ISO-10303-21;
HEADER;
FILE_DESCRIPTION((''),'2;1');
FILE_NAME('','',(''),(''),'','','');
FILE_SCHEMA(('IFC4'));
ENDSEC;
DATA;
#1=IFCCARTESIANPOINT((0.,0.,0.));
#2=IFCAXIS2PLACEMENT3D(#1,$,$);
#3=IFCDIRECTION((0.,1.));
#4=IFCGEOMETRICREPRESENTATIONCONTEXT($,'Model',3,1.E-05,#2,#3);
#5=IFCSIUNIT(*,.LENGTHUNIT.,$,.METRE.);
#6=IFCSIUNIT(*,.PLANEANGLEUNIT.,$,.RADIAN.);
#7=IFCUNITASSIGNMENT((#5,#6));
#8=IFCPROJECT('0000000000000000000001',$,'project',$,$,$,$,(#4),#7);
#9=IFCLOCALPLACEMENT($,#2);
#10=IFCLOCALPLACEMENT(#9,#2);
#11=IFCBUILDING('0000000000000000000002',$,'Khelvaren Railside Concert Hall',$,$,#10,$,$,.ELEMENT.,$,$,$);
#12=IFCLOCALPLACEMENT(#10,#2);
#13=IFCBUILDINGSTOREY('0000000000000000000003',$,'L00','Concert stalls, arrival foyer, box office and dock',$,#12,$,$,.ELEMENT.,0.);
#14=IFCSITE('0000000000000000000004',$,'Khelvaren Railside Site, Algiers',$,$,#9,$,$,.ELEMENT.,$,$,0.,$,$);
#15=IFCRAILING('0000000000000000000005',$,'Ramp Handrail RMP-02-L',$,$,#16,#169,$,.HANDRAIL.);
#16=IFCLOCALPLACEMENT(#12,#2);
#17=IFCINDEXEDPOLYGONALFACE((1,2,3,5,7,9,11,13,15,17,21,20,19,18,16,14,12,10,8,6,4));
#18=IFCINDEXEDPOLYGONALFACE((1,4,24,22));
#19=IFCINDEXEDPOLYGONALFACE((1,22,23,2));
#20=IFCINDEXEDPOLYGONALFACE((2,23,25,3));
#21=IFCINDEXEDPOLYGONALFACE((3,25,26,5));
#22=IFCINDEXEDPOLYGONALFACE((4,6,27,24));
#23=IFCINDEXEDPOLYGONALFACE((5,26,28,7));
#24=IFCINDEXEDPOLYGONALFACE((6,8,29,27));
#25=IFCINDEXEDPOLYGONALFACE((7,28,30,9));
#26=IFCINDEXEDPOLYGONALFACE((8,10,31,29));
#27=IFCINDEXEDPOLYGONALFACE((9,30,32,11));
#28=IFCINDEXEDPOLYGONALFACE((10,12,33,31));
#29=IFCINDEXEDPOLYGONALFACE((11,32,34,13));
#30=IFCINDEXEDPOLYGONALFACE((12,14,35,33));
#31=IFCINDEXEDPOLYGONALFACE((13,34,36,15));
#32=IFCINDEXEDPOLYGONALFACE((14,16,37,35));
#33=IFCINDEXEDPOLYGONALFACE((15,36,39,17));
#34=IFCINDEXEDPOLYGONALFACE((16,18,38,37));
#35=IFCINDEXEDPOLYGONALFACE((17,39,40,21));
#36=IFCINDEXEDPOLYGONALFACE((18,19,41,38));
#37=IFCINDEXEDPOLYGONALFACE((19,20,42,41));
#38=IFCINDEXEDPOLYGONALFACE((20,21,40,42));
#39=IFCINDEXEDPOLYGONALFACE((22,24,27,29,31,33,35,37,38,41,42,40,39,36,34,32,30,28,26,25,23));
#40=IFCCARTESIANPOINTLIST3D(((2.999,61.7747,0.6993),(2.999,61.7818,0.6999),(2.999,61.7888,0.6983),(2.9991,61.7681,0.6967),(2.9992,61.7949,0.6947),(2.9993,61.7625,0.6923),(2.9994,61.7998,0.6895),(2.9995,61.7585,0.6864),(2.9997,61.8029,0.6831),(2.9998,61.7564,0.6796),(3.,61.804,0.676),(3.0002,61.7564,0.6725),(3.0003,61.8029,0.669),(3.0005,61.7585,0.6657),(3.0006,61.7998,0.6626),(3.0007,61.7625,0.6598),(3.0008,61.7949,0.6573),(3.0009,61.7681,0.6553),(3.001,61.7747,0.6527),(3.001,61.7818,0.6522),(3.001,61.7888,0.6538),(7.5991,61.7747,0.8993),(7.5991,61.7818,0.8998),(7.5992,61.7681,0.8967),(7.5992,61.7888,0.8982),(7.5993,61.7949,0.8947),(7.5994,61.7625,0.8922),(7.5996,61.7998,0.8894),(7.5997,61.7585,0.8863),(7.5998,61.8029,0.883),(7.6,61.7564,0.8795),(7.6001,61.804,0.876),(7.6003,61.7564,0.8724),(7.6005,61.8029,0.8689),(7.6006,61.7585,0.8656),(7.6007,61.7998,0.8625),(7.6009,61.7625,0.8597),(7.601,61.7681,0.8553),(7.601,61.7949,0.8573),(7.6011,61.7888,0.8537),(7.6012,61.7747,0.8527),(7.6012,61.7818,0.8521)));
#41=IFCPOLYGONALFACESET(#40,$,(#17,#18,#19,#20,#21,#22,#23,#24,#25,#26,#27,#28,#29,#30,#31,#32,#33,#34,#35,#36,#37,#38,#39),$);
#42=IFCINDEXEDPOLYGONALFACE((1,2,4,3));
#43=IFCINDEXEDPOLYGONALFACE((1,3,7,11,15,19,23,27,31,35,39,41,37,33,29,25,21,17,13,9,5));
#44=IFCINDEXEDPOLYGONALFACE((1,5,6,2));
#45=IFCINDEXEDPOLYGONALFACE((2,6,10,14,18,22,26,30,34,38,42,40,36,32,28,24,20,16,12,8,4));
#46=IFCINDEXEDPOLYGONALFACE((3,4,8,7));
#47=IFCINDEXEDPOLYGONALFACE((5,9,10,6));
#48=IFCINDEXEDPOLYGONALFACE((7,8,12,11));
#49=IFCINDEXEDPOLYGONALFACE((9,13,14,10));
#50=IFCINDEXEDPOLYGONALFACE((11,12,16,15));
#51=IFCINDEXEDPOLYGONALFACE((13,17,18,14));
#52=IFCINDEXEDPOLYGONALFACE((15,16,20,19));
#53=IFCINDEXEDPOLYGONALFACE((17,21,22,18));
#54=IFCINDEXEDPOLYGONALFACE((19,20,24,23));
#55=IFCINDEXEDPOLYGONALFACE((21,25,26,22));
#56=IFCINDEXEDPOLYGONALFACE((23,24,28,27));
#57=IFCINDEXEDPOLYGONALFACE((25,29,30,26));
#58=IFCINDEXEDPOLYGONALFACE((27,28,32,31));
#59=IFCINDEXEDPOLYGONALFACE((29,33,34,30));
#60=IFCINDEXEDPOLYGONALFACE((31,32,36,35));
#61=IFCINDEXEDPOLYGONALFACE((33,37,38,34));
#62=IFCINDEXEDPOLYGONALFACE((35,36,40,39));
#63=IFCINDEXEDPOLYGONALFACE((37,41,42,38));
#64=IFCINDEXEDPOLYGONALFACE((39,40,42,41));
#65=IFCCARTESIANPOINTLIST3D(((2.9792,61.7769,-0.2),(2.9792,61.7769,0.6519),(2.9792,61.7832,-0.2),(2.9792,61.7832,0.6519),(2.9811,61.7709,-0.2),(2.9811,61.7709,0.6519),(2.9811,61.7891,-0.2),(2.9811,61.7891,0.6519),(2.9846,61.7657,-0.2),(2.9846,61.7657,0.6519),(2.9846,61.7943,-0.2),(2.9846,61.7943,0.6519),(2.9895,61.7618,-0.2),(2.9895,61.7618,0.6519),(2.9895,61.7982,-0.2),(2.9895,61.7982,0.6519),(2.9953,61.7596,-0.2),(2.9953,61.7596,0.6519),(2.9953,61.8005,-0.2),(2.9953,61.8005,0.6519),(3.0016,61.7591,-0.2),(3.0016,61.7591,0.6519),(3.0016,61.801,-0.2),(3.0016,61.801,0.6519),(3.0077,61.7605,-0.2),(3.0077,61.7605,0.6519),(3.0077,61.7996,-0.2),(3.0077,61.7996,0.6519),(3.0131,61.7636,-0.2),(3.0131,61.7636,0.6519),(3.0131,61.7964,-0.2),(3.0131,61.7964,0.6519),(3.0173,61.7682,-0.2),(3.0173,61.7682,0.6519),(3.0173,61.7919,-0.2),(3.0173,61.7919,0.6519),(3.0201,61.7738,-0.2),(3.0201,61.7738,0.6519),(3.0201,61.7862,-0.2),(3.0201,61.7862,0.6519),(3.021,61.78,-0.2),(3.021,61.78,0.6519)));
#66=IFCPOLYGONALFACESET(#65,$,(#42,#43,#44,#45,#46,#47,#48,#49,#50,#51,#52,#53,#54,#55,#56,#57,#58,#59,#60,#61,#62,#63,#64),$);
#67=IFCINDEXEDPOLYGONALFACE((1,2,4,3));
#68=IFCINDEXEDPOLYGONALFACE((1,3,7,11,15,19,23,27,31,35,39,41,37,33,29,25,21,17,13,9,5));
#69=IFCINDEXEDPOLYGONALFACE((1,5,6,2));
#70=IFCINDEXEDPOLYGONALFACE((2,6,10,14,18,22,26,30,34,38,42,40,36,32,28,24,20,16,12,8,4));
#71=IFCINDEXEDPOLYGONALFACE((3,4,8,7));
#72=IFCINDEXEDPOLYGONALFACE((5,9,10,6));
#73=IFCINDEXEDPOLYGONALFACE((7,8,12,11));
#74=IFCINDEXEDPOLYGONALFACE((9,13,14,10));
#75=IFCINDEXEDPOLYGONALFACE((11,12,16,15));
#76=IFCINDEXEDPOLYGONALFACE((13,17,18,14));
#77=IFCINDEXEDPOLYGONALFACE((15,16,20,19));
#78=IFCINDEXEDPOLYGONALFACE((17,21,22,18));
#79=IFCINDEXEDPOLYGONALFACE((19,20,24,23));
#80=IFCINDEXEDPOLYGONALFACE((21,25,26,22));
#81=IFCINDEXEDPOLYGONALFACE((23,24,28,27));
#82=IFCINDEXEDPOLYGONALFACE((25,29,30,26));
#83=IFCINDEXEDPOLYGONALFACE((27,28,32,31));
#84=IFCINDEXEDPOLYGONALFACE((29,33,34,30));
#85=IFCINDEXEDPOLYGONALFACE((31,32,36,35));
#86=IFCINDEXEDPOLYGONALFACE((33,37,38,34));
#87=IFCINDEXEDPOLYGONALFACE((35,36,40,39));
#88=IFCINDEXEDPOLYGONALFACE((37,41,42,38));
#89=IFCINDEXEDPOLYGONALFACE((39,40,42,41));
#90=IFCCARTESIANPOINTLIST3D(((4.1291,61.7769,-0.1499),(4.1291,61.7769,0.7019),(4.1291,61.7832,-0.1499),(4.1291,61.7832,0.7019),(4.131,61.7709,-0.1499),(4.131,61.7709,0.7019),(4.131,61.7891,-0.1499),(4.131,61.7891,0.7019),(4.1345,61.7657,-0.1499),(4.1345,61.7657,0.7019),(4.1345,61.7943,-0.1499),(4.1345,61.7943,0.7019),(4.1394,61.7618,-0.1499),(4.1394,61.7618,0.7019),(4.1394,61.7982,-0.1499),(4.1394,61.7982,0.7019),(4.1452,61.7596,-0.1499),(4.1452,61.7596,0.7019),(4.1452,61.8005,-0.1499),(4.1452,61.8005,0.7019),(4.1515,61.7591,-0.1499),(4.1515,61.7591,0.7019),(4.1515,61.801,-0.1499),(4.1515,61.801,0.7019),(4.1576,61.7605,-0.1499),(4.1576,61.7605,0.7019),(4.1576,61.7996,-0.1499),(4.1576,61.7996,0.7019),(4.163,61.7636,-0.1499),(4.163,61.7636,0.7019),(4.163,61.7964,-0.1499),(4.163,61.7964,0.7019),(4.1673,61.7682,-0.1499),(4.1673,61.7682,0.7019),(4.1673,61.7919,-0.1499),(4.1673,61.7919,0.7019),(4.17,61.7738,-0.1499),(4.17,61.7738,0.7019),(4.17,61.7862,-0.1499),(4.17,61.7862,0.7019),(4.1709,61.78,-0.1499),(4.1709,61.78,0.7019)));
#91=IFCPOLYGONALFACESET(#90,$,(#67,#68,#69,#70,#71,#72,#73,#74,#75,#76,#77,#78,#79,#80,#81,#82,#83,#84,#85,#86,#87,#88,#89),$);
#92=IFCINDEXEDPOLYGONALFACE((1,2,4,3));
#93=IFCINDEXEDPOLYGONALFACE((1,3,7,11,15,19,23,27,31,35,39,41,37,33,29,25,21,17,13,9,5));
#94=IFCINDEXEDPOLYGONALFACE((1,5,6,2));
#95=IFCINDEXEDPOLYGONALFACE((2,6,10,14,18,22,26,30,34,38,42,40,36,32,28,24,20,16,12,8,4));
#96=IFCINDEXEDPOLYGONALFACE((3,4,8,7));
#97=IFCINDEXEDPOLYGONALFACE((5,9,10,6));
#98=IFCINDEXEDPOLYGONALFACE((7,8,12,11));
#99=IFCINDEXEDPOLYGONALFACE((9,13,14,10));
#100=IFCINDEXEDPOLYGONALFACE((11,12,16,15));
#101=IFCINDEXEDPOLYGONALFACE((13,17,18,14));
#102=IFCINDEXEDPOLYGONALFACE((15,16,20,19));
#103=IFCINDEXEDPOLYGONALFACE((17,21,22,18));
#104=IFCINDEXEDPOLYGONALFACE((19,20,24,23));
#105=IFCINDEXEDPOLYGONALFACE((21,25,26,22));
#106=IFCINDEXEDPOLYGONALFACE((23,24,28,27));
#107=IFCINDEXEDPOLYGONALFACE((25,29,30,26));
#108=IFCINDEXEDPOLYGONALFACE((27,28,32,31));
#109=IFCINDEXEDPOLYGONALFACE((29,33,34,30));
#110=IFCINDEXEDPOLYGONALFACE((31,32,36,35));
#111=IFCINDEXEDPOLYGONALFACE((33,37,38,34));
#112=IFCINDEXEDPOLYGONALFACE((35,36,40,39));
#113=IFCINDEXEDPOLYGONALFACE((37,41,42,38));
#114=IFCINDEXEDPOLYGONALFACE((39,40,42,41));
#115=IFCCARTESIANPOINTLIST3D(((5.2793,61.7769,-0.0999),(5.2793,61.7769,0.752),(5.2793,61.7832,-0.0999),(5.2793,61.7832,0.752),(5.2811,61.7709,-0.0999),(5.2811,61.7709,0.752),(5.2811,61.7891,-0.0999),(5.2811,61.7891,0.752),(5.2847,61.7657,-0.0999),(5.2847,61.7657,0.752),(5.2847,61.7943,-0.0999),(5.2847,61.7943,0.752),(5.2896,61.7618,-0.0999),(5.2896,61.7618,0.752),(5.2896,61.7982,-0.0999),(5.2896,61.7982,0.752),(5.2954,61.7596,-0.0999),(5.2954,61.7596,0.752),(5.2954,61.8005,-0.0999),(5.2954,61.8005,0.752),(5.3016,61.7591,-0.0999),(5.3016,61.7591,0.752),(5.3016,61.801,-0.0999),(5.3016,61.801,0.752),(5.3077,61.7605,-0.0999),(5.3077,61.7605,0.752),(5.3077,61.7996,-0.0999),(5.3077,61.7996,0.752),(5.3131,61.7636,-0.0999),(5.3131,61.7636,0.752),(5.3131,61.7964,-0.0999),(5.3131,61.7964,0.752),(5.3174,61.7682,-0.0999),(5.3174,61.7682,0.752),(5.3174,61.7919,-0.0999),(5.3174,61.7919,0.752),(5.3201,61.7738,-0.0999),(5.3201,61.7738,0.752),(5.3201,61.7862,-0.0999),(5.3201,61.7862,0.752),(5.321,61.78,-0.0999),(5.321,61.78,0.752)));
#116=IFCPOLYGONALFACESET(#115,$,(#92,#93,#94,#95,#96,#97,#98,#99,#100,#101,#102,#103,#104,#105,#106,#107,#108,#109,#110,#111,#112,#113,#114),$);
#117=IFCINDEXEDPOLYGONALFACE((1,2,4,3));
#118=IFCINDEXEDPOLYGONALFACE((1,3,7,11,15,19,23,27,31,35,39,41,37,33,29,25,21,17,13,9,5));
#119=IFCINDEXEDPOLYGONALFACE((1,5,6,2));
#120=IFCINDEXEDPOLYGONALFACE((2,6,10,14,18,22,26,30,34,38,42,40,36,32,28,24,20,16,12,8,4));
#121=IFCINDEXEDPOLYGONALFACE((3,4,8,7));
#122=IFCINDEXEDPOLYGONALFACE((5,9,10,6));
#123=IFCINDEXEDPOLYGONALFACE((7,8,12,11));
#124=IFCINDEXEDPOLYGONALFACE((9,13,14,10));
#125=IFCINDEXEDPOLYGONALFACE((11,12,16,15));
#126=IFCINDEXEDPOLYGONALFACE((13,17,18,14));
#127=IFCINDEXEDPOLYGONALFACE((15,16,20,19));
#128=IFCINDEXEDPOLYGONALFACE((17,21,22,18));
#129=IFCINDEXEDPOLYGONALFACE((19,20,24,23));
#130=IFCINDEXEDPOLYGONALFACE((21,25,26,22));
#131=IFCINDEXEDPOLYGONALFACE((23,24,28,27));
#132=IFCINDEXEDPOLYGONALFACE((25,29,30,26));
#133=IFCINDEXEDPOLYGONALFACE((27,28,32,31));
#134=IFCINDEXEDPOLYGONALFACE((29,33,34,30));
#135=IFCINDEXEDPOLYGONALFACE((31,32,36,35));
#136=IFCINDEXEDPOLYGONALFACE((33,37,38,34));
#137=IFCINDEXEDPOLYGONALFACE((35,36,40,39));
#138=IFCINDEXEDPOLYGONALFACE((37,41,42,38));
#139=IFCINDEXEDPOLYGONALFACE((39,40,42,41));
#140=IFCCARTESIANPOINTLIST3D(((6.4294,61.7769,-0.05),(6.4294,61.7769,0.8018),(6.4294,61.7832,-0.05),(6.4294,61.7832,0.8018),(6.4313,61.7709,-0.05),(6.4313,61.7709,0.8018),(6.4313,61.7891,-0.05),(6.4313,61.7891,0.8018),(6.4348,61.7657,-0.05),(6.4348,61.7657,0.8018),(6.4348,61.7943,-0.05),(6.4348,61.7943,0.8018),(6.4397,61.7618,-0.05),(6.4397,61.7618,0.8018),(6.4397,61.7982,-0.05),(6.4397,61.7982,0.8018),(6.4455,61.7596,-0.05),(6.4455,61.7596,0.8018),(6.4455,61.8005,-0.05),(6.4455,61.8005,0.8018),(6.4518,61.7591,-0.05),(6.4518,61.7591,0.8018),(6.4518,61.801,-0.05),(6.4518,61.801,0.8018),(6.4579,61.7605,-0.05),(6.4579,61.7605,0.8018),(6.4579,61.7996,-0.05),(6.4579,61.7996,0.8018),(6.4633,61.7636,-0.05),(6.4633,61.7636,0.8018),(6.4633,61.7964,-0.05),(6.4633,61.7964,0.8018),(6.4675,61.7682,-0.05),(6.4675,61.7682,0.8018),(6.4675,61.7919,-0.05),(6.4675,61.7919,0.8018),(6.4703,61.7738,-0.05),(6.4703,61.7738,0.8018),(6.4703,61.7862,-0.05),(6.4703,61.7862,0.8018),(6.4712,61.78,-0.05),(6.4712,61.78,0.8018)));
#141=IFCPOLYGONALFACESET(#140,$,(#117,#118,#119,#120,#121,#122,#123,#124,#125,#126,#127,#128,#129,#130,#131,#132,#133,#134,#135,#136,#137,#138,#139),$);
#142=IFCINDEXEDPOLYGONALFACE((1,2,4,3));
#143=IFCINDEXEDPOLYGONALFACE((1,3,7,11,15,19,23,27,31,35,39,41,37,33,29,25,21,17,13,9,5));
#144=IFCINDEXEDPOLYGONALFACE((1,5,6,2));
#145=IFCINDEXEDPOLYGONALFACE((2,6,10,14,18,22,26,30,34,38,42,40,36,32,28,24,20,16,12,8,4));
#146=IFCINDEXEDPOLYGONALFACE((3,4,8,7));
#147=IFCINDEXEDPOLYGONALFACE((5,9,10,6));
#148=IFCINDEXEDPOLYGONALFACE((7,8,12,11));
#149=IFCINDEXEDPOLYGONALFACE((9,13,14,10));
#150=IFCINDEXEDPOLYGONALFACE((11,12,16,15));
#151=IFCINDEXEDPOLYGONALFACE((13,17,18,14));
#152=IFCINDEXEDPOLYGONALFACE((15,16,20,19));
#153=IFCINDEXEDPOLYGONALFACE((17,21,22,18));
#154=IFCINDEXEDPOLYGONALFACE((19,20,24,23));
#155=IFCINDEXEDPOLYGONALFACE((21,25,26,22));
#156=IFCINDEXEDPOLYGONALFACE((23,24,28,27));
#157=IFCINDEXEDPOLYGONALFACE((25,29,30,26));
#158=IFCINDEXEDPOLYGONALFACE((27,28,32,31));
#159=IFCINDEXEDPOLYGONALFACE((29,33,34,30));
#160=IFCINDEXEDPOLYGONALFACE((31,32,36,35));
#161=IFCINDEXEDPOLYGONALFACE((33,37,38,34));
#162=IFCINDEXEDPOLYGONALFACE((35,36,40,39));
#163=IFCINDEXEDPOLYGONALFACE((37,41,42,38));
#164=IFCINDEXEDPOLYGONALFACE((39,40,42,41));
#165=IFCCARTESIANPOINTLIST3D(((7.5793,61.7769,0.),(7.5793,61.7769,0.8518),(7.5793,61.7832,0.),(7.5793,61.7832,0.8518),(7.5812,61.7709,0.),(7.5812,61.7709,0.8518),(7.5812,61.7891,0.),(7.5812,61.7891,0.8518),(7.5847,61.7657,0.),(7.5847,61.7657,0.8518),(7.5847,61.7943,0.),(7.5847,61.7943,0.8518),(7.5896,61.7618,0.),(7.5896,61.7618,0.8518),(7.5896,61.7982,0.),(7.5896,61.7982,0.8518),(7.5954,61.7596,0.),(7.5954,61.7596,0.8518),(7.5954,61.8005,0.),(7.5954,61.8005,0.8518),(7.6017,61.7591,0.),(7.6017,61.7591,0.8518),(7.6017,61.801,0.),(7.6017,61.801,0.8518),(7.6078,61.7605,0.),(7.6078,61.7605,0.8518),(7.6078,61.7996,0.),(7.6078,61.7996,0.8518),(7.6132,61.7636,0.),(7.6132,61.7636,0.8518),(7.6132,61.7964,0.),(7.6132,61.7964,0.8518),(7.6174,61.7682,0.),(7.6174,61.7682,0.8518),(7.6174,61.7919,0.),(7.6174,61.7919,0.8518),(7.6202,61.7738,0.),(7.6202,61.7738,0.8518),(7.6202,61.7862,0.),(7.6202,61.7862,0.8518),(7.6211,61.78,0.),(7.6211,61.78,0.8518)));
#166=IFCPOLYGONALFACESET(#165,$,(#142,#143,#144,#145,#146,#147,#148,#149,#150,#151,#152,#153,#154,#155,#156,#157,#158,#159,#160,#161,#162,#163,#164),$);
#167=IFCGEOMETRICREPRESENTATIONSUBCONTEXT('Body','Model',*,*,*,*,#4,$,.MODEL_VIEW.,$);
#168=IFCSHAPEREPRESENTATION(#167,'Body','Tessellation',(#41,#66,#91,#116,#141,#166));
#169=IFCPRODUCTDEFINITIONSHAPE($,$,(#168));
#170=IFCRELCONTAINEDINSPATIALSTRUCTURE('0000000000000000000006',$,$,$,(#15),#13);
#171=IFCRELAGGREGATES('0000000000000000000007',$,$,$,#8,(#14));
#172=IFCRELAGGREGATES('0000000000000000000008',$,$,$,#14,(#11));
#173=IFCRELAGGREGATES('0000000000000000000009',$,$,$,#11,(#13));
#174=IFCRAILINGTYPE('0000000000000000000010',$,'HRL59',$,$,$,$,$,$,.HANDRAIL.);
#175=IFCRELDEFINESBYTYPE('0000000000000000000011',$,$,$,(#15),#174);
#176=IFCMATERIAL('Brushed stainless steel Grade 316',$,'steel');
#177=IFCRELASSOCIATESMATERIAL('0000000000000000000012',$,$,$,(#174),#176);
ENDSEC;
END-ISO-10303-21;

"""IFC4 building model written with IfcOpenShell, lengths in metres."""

from ifc_helpers import new_model, si_unit, direction, frame, origin, origin_2d, place, context, subcontext, project, spatial, circle, extrude, material, type_object, element, save


model = new_model("IFC4")

# Units and contexts
model_context = context("Model", 3, precision=1e-05, world=origin(), true_north=direction((0.0, 1.0)))
body_context = subcontext(model_context, "Body", "Model", "MODEL_VIEW")
ifc_project = project(units=[si_unit("LENGTHUNIT", "METRE"), si_unit("PLANEANGLEUNIT", "RADIAN")], contexts=[model_context])

# Site, building, storey
site_placement = place(None, origin())
site = spatial("IfcSite", under=ifc_project, at=site_placement, Name="Khelvaren Railside Site, Algiers", CompositionType="ELEMENT", RefElevation=0.0)
building_placement = place(site_placement, origin())
building = spatial("IfcBuilding", under=site, at=building_placement, Name="Khelvaren Railside Concert Hall", CompositionType="ELEMENT")
storey_placement = place(building_placement, origin())
storey = spatial("IfcBuildingStorey", under=building, at=storey_placement, Name="L00", Description="Concert stalls, arrival foyer, box office and dock", CompositionType="ELEMENT", Elevation=0.0)

# Railing
ifc_material_1 = material(Name="Brushed stainless steel Grade 316", Category="steel")
railing_type_1 = type_object("IfcRailingType", Name="HRL59", PredefinedType="HANDRAIL", material=ifc_material_1)
for number, where, name in (
    (1, (3.0, 61.78, -0.2), "Ramp Handrail RMP-02-L"),
):
    element("IfcRailing", number, at=place(storey_placement, frame(where)), inside=storey, type_object=railing_type_1, Name=name, PredefinedType="HANDRAIL", context=body_context, shape_type="SweptSolid", body=[
        extrude(circle(Radius=0.0239, at=origin_2d()), frame((0.0, 0.0, 0.876), z_axis=(0.999057, 0.0, 0.043426), x_axis=(0.0, 1.0, 0.0)), (0.0, 0.0, 1.0), 4.6045),
        extrude(circle(Radius=0.021, at=origin_2d()), origin(), (0.0, 0.0, 1.0), 0.8518),
        extrude(circle(Radius=0.021, at=origin_2d()), frame((1.1499, 0.0, 0.05)), (0.0, 0.0, 1.0), 0.8518),
        extrude(circle(Radius=0.021, at=origin_2d()), frame((2.3, 0.0, 0.1001)), (0.0, 0.0, 1.0), 0.8518),
        extrude(circle(Radius=0.021, at=origin_2d()), frame((3.4502, 0.0, 0.1499)), (0.0, 0.0, 1.0), 0.8518),
        extrude(circle(Radius=0.021, at=origin_2d()), frame((4.6001, 0.0, 0.2)), (0.0, 0.0, 1.0), 0.8518),
    ])

save(model, "model.ifc")
